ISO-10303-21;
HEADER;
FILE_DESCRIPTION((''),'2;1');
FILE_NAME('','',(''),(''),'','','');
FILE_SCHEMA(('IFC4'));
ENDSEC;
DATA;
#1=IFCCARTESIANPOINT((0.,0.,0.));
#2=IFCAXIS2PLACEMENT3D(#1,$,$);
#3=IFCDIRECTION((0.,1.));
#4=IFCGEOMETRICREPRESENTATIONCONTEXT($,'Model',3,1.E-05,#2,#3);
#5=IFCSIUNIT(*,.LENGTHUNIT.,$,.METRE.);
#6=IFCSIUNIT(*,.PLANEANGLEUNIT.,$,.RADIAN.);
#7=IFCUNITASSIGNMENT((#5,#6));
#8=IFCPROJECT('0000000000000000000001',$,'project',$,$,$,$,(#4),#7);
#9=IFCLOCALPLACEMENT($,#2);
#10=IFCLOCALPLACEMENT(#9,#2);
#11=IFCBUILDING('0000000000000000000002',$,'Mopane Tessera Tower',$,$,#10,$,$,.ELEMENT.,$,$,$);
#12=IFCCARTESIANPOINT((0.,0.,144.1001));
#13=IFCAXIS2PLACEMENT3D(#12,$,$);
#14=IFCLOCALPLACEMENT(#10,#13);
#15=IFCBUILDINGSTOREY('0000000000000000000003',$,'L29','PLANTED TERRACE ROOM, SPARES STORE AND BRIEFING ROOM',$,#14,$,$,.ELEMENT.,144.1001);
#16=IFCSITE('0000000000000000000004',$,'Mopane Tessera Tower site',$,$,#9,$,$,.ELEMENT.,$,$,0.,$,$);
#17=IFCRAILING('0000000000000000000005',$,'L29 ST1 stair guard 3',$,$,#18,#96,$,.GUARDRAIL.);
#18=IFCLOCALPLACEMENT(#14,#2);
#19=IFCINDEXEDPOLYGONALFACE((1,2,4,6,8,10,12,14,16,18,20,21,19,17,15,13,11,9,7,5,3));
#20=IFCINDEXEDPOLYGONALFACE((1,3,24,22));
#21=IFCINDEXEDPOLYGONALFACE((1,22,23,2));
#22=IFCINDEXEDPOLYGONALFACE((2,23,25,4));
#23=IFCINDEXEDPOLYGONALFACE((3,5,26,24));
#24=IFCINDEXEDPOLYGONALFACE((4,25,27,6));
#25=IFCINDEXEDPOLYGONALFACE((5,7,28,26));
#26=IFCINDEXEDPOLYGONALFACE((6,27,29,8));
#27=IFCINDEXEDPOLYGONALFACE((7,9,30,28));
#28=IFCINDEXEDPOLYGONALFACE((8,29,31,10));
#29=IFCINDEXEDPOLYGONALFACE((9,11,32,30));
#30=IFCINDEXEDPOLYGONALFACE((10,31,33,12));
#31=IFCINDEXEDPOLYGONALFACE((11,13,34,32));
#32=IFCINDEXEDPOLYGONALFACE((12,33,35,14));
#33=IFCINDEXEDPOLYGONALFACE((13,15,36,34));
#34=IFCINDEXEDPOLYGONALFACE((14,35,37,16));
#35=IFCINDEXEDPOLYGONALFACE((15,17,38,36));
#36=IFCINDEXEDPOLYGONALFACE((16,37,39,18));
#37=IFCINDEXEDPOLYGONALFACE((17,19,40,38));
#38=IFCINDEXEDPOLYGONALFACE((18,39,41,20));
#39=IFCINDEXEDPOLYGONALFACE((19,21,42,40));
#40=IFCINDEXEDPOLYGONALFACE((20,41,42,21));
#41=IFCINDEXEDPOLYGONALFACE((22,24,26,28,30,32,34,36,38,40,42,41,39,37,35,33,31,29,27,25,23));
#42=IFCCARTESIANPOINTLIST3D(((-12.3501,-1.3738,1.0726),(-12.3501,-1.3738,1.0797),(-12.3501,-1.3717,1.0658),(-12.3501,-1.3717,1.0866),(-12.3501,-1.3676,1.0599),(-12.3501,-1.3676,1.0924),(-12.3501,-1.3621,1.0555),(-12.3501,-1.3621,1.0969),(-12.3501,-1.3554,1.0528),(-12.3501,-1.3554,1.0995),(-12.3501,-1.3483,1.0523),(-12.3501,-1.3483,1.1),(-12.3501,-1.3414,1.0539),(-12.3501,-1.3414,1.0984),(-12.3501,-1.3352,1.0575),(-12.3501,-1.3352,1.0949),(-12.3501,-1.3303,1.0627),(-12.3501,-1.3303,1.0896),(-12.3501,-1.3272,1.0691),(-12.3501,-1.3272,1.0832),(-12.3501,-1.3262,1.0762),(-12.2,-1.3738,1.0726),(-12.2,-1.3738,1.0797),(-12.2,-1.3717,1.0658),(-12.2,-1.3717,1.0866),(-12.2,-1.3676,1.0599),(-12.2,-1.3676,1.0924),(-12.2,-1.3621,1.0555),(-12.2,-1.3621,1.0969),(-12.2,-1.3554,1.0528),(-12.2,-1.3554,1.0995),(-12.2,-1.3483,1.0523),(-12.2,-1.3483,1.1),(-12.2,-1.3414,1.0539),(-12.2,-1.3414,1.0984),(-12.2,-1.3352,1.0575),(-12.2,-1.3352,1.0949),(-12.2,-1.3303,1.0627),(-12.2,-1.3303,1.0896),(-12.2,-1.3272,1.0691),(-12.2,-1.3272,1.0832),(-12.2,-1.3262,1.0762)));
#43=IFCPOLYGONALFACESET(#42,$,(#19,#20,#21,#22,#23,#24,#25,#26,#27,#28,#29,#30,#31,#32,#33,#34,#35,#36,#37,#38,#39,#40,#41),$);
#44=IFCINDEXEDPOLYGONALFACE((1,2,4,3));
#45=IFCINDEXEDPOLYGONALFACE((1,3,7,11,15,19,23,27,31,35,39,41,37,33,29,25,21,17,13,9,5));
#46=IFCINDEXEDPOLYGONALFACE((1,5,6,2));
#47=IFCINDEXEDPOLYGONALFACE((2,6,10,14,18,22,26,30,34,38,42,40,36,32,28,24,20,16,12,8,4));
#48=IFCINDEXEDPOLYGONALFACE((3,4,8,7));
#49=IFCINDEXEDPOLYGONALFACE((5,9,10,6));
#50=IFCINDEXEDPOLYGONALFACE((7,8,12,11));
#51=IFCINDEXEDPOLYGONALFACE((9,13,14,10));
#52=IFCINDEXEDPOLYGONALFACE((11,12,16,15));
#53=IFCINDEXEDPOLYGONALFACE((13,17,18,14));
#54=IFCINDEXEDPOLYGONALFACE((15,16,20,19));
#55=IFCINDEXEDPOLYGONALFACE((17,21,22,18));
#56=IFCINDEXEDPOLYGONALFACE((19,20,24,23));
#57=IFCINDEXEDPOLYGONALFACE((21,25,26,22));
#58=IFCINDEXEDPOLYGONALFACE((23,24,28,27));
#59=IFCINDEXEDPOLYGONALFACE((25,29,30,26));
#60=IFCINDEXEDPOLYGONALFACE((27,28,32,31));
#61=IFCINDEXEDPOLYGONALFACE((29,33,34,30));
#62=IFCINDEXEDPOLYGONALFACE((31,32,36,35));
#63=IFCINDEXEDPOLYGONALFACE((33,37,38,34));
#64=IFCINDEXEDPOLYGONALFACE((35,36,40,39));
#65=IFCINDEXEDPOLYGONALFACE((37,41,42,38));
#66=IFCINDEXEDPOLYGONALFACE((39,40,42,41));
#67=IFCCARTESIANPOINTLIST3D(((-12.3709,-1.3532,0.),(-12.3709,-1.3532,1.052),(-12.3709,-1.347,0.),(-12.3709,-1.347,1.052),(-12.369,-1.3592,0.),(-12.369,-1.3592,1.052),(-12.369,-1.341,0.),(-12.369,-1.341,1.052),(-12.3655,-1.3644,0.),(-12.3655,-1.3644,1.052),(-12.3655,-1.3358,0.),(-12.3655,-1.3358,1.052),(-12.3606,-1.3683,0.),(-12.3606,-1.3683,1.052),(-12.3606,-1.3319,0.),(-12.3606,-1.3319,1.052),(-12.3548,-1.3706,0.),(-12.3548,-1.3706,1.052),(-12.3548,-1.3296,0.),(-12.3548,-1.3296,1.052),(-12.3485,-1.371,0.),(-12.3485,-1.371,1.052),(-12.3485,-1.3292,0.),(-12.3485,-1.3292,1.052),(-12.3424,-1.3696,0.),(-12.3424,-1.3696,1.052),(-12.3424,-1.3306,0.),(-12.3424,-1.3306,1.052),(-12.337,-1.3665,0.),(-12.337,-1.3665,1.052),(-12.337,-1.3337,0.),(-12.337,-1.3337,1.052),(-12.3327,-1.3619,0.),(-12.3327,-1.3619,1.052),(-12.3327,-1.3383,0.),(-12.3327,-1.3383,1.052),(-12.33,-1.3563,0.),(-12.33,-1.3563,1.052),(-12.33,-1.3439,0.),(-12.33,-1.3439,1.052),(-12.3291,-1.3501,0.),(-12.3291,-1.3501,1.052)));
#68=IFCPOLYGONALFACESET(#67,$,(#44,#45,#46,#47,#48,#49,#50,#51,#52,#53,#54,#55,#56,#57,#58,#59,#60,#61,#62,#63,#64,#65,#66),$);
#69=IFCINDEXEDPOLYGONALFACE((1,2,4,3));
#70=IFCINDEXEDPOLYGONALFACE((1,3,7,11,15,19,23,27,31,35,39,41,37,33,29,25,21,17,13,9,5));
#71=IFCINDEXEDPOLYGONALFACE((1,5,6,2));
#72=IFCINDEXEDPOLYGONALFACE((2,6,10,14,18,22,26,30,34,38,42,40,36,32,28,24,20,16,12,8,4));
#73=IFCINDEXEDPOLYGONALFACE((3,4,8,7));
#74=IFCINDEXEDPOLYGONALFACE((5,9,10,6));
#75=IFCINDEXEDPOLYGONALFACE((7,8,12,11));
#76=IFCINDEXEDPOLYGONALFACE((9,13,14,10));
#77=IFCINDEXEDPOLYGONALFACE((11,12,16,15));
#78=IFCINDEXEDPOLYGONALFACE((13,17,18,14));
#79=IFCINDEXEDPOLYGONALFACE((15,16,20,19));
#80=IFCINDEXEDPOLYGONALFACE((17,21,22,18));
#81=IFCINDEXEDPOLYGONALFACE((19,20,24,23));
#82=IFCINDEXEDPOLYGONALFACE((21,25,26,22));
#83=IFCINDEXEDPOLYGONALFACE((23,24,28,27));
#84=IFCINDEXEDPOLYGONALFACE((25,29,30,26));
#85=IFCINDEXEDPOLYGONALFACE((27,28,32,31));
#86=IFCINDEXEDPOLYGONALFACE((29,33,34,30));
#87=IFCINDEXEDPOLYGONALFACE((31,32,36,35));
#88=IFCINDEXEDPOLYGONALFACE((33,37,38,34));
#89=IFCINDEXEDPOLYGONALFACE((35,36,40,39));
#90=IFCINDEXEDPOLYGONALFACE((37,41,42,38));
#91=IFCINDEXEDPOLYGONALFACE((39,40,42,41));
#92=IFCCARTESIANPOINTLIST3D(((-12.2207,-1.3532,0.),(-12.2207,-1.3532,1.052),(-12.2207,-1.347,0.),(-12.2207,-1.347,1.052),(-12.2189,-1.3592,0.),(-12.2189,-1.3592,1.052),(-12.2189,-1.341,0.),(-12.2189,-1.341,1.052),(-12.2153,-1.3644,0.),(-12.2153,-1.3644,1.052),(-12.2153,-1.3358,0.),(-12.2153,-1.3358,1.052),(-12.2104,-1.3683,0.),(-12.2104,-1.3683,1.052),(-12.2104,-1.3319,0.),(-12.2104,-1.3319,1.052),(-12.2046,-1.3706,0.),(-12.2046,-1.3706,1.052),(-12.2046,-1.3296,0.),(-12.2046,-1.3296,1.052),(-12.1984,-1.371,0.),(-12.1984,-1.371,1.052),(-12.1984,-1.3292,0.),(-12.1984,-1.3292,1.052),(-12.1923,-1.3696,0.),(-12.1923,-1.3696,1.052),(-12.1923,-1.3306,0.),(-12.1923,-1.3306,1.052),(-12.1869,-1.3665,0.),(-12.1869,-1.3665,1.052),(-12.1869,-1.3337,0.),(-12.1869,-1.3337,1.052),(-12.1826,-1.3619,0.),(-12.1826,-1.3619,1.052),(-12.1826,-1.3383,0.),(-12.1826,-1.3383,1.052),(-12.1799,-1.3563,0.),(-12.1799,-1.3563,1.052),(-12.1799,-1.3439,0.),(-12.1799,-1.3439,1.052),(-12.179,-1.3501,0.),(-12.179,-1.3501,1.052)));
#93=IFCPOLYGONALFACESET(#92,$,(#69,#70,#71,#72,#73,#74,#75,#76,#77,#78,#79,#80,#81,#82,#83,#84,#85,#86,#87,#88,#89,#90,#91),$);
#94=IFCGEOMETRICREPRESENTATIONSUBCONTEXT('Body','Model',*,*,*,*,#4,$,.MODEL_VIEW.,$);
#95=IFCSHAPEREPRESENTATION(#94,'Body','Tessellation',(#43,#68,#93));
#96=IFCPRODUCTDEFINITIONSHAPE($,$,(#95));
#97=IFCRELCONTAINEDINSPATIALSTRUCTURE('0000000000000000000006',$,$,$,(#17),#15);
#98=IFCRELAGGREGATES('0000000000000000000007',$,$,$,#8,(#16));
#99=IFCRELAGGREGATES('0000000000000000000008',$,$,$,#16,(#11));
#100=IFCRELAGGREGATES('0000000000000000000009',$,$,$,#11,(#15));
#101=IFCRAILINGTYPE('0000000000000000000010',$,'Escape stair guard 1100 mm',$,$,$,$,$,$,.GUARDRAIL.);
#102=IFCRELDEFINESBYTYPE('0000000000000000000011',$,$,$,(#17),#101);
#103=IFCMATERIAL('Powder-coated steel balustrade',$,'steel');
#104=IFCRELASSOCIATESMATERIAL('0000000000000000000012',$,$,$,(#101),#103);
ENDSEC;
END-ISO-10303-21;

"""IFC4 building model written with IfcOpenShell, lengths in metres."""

from ifc_helpers import new_model, si_unit, direction, frame, origin, origin_2d, place, context, subcontext, project, spatial, circle, extrude, material, type_object, element, save


model = new_model("IFC4")

# Units and contexts
model_context = context("Model", 3, precision=1e-05, world=origin(), true_north=direction((0.0, 1.0)))
body_context = subcontext(model_context, "Body", "Model", "MODEL_VIEW")
ifc_project = project(units=[si_unit("LENGTHUNIT", "METRE"), si_unit("PLANEANGLEUNIT", "RADIAN")], contexts=[model_context])

# Site, building, storey
site_placement = place(None, origin())
site = spatial("IfcSite", under=ifc_project, at=site_placement, Name="Mopane Tessera Tower site", CompositionType="ELEMENT", RefElevation=0.0)
building_placement = place(site_placement, origin())
building = spatial("IfcBuilding", under=site, at=building_placement, Name="Mopane Tessera Tower", CompositionType="ELEMENT")
storey_placement = place(building_placement, frame((0.0, 0.0, 144.1001)))
storey = spatial("IfcBuildingStorey", under=building, at=storey_placement, Name="L29", Description="PLANTED TERRACE ROOM, SPARES STORE AND BRIEFING ROOM", CompositionType="ELEMENT", Elevation=144.1001)

# Railing
ifc_material_1 = material(Name="Powder-coated steel balustrade", Category="steel")
railing_type_1 = type_object("IfcRailingType", Name="Escape stair guard 1100 mm", PredefinedType="GUARDRAIL", material=ifc_material_1)
railing_1_placement = place(storey_placement, frame((-12.3501, -1.3501, 0.0)))
element("IfcRailing", 1, at=railing_1_placement, inside=storey, type_object=railing_type_1, Name="L29 ST1 stair guard 3", PredefinedType="GUARDRAIL", context=body_context, shape_type="SweptSolid", body=[
    extrude(circle(Radius=0.0239, at=origin_2d()), frame((0.0, 0.0, 1.0762), z_axis=(1.0, 0.0, 0.0), x_axis=(0.0, 1.0, 0.0)), (0.0, 0.0, 1.0), 0.1501),
    extrude(circle(Radius=0.021, at=origin_2d()), origin(), (0.0, 0.0, 1.0), 1.052),
    extrude(circle(Radius=0.021, at=origin_2d()), frame((0.1501, 0.0, 0.0)), (0.0, 0.0, 1.0), 1.052),
])

save(model, "model.ifc")
